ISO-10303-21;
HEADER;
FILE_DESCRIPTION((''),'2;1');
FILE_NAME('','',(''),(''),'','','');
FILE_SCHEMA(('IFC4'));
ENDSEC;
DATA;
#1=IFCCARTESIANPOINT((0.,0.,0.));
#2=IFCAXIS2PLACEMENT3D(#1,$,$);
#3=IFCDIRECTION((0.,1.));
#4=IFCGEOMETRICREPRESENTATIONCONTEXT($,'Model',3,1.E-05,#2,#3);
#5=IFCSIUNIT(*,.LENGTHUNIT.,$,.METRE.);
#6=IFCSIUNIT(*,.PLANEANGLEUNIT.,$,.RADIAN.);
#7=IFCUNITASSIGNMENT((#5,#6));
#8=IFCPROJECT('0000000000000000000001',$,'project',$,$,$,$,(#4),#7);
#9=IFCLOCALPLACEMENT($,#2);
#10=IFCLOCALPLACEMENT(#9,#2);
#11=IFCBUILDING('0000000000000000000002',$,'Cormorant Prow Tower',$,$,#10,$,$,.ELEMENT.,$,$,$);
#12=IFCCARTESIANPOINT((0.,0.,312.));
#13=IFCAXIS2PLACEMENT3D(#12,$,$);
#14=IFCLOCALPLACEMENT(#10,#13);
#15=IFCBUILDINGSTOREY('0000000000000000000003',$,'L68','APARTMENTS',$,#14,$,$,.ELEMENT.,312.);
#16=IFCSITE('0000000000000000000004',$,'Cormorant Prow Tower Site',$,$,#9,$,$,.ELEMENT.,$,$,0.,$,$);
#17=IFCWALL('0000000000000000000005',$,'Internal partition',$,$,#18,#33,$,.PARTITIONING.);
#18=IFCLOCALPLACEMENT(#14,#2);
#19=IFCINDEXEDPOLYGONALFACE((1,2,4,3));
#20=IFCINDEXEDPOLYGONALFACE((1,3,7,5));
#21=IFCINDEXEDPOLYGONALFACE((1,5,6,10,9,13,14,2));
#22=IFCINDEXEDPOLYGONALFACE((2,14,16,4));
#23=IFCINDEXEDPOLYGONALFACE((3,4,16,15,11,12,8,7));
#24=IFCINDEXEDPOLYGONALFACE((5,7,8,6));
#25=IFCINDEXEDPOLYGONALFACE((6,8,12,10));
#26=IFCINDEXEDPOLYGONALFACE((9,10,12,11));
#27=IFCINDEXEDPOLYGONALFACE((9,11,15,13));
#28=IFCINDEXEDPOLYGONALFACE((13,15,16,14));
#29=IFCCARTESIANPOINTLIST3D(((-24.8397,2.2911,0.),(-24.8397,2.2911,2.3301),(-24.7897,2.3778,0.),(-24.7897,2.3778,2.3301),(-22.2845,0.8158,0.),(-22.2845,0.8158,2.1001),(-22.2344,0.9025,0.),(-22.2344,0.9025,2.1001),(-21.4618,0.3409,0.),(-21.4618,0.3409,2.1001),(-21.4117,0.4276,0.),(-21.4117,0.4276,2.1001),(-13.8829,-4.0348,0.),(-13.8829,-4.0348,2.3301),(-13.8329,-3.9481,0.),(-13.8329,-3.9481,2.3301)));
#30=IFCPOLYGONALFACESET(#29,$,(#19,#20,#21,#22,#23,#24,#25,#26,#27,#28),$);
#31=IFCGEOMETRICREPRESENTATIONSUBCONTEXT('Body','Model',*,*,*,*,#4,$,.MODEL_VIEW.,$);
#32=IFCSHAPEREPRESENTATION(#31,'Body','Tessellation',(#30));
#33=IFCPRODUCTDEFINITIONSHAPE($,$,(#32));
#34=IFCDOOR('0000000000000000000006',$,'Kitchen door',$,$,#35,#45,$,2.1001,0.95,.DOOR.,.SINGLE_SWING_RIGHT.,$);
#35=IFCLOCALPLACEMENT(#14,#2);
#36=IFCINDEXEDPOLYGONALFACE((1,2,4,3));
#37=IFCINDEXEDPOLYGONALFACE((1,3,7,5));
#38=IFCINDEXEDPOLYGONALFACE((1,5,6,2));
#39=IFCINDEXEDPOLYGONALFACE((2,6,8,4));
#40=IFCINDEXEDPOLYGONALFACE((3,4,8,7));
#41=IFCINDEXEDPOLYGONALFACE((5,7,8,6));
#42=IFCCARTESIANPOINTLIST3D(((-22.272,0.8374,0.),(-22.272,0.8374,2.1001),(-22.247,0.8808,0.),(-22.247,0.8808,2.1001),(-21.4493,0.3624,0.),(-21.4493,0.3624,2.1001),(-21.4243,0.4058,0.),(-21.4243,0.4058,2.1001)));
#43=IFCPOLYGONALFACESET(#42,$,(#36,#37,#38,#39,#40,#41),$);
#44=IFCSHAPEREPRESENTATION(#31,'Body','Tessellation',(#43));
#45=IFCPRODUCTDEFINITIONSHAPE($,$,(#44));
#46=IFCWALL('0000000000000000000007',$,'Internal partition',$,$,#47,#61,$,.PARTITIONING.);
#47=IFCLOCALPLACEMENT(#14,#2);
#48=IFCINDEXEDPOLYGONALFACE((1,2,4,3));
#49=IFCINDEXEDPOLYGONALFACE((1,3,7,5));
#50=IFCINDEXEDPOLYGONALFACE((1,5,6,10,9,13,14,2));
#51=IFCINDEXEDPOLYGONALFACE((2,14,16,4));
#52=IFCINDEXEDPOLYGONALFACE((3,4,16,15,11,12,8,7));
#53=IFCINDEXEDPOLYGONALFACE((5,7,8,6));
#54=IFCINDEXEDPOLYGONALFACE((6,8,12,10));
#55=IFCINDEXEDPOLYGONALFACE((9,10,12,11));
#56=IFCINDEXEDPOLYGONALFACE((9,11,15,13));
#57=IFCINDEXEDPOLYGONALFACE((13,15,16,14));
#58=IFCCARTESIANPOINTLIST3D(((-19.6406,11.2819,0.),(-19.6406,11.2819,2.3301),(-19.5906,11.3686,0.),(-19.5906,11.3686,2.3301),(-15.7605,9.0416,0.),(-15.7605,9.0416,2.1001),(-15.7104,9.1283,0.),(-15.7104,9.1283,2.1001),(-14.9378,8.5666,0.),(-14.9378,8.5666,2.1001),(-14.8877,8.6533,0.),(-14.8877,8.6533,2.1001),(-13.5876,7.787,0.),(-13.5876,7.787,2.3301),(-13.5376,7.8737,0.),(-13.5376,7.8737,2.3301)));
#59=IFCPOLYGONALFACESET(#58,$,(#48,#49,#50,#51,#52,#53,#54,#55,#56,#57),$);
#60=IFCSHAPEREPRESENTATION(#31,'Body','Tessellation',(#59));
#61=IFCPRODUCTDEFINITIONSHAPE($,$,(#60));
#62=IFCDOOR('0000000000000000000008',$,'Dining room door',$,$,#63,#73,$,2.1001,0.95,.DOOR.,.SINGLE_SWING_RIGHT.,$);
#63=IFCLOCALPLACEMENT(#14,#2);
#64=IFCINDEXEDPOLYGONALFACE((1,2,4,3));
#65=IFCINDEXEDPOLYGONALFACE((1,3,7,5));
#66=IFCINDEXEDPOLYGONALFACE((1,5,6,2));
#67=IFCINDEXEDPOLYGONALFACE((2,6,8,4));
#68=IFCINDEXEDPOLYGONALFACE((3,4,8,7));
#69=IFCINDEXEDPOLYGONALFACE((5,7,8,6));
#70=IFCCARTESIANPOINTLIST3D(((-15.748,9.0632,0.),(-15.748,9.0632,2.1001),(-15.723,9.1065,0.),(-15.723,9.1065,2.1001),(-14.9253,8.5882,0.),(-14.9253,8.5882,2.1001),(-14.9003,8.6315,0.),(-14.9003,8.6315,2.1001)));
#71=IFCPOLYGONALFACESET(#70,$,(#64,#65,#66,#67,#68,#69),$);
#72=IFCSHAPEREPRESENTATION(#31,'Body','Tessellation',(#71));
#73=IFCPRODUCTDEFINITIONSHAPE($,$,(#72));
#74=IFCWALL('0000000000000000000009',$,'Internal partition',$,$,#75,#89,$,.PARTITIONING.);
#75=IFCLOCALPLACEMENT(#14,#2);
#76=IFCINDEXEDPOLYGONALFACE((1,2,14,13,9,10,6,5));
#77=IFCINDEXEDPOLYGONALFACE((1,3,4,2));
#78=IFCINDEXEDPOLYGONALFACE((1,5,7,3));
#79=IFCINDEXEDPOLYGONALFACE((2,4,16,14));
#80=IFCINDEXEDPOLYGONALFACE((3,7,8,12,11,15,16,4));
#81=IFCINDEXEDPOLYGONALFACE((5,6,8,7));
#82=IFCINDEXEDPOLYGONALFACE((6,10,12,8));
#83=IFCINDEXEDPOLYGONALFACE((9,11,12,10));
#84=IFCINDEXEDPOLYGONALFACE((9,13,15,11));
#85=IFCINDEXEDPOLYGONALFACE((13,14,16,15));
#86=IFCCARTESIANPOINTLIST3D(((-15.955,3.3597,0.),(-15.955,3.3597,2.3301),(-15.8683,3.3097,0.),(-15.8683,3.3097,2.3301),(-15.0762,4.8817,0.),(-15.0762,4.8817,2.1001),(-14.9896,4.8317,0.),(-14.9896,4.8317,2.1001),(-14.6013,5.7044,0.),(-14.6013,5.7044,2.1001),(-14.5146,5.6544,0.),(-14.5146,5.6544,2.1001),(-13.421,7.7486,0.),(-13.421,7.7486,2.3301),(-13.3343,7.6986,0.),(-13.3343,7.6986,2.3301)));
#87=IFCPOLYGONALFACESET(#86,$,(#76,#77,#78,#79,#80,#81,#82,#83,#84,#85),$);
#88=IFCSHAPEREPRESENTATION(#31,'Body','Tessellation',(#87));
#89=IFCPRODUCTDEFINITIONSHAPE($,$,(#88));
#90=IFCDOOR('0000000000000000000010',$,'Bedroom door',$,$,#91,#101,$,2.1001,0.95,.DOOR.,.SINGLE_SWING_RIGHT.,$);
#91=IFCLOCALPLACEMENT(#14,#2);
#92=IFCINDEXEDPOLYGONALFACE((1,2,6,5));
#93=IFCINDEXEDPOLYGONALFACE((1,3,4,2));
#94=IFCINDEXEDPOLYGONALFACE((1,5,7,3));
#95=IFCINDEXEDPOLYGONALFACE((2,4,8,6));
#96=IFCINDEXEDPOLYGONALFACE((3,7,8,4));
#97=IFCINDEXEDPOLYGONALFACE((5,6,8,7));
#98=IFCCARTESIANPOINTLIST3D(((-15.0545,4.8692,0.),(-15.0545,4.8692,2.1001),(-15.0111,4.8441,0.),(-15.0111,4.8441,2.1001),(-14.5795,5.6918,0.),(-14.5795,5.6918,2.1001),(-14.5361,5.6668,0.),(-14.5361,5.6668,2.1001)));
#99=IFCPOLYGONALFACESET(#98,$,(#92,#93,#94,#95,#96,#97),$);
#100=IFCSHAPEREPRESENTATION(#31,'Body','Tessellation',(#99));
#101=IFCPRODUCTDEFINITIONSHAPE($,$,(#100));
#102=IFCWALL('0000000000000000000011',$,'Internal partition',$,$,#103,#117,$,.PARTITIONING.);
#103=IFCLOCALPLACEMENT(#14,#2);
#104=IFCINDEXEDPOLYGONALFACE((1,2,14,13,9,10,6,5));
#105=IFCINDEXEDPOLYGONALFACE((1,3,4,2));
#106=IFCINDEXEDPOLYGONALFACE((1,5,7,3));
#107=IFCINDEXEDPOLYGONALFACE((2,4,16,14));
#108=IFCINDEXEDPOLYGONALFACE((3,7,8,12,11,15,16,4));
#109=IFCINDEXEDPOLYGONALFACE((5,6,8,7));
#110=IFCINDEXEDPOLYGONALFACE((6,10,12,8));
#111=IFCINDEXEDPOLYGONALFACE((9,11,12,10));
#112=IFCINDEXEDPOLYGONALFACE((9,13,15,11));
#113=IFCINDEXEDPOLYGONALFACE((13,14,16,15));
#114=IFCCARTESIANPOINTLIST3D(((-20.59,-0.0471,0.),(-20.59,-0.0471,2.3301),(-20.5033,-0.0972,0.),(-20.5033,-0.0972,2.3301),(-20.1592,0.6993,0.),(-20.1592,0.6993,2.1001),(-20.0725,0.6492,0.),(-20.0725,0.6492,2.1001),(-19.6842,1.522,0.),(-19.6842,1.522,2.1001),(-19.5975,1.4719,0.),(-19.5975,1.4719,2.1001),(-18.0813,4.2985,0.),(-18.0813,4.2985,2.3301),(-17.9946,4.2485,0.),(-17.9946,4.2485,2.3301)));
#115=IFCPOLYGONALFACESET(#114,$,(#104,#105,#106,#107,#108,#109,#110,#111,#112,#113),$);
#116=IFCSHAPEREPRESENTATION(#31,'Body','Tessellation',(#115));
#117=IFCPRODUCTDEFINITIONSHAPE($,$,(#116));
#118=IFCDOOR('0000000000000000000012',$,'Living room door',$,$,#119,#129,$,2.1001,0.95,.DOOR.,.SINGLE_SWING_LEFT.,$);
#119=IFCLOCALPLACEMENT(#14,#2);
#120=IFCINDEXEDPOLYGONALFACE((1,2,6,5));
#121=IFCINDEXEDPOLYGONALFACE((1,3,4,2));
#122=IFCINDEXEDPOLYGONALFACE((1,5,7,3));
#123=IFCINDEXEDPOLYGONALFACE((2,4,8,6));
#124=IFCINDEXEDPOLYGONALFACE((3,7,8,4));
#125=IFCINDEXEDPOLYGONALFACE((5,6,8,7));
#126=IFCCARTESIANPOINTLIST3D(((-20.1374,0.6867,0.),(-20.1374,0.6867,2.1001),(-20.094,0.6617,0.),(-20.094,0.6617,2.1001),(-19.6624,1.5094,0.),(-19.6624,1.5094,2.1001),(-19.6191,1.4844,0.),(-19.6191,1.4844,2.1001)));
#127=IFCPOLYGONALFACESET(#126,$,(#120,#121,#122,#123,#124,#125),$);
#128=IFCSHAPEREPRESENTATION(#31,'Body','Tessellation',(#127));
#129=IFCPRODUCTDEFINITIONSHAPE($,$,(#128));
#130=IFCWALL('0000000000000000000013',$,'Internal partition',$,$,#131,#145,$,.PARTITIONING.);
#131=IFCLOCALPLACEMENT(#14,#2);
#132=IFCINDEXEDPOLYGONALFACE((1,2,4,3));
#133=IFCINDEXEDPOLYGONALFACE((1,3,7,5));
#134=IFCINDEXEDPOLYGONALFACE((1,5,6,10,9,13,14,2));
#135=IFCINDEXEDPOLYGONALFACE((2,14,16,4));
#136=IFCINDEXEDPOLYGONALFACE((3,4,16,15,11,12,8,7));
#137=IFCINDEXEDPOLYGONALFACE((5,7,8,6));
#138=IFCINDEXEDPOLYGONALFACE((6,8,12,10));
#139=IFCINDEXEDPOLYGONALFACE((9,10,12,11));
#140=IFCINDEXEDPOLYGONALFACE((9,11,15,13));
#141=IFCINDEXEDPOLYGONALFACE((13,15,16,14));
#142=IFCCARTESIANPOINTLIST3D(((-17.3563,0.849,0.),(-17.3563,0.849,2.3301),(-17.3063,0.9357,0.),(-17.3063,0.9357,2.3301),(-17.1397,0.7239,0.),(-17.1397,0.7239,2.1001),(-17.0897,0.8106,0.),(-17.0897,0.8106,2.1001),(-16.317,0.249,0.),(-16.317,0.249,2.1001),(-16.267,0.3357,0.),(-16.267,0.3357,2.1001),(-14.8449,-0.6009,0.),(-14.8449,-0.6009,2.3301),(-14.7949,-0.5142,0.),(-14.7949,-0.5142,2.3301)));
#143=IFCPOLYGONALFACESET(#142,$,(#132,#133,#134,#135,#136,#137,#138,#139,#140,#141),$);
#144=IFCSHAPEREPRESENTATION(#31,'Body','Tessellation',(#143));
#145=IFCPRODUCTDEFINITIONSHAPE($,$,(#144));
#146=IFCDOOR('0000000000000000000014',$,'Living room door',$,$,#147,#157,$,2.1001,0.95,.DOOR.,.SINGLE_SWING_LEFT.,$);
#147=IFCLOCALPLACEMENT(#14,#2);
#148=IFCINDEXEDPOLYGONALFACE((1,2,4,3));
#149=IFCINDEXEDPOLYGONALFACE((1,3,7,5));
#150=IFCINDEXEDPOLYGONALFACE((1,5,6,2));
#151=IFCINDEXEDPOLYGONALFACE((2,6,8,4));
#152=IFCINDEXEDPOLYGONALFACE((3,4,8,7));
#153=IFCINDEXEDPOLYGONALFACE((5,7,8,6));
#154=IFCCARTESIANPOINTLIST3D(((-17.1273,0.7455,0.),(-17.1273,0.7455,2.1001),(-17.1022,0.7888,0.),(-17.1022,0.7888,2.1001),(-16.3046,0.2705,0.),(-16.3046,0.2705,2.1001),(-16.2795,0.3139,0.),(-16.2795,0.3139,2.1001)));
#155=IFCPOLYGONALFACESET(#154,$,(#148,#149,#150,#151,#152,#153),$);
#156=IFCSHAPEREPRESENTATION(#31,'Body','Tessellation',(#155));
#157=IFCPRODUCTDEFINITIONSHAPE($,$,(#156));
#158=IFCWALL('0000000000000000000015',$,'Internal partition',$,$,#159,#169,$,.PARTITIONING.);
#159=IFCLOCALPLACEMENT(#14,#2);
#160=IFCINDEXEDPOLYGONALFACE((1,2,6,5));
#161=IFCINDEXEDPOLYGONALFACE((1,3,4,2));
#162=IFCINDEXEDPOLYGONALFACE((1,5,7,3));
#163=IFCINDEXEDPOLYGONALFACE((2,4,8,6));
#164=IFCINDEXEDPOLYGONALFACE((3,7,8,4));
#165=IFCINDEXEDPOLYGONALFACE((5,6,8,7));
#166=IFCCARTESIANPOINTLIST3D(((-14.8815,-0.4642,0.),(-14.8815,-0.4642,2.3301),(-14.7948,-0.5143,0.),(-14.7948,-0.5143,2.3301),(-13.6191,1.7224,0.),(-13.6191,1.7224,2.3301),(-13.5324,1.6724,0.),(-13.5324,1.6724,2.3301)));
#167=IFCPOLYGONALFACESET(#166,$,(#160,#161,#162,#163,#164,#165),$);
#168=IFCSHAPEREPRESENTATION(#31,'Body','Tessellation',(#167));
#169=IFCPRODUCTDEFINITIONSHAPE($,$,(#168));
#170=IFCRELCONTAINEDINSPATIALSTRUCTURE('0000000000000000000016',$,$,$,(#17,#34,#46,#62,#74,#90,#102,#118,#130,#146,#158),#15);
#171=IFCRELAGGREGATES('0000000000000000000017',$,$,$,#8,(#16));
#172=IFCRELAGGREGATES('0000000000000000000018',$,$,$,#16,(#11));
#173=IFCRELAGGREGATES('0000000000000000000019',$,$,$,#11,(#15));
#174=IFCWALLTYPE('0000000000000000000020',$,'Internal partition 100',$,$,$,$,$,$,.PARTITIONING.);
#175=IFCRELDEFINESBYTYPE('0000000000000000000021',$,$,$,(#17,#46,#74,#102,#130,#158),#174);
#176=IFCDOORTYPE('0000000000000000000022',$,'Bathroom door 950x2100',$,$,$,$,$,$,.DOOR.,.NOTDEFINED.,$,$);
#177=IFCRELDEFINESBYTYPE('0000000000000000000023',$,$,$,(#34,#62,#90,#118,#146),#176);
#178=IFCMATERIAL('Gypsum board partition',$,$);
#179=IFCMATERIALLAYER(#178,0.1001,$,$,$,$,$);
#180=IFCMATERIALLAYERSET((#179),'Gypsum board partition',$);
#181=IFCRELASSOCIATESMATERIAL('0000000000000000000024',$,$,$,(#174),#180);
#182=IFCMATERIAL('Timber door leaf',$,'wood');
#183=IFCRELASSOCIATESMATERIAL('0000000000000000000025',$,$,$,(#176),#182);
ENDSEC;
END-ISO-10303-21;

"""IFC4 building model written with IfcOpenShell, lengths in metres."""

from ifc_helpers import new_model, si_unit, direction, frame, frame_2d, origin, place, context, subcontext, project, spatial, rectangle, extrude, material, layer, layer_set, type_object, element, fill, save


model = new_model("IFC4")

# Units and contexts
model_context = context("Model", 3, precision=1e-05, world=origin(), true_north=direction((0.0, 1.0)))
body_context = subcontext(model_context, "Body", "Model", "MODEL_VIEW")
ifc_project = project(units=[si_unit("LENGTHUNIT", "METRE"), si_unit("PLANEANGLEUNIT", "RADIAN")], contexts=[model_context])

# Site, building, storey
site_placement = place(None, origin())
site = spatial("IfcSite", under=ifc_project, at=site_placement, Name="Cormorant Prow Tower Site", CompositionType="ELEMENT", RefElevation=0.0)
building_placement = place(site_placement, origin())
building = spatial("IfcBuilding", under=site, at=building_placement, Name="Cormorant Prow Tower", CompositionType="ELEMENT")
storey_placement = place(building_placement, frame((0.0, 0.0, 312.0)))
storey = spatial("IfcBuildingStorey", under=building, at=storey_placement, Name="L68", Description="APARTMENTS", CompositionType="ELEMENT", Elevation=312.0)

# Walls, openings, doors
ifc_material_1 = material(Name="Gypsum board partition")
ifc_layer_1 = layer(ifc_material_1, 0.1001)
ifc_layer_set_1 = layer_set([ifc_layer_1], Name="Gypsum board partition")
wall_type_1 = type_object("IfcWallType", Name="Internal partition 100", PredefinedType="PARTITIONING", material=ifc_layer_set_1)
wall_1_placement = place(storey_placement, frame((-24.8147, 2.3345, 0.0), z_axis=(0.0, 0.0, 1.0), x_axis=(0.866025, -0.500001, 0.0)))
wall_1 = element("IfcWall", 1, at=wall_1_placement, inside=storey, type_object=wall_type_1, Name="Internal partition", PredefinedType="PARTITIONING", context=body_context, shape_type="SweptSolid", body=[
    extrude(rectangle(XDim=12.6519, YDim=0.1001, at=frame_2d((6.3259, 0.0))), origin(), (0.0, 0.0, 1.0), 2.3301),
])
opening_1_placement = place(wall_1_placement, frame((2.9504, 0.0, 0.0)))
opening_1 = element("IfcOpeningElement", 2, at=opening_1_placement, cuts=wall_1, PredefinedType="OPENING", context=body_context, shape_type="SweptSolid", body=[
    extrude(rectangle(XDim=0.95, YDim=2.1001, at=frame_2d((0.4751, 1.05))), frame((0.0, 0.0601, 0.0), z_axis=(0.0, -1.0, 0.0), x_axis=(1.0, 0.0, 0.0)), (0.0, 0.0, 1.0), 0.1201),
])
ifc_material_2 = material(Name="Timber door leaf", Category="wood")
door_type_1 = type_object("IfcDoorType", Name="Bathroom door 950x2100", OperationType="NOTDEFINED", PredefinedType="DOOR", material=ifc_material_2)
door_1_placement = place(opening_1_placement, origin())
door_1 = element("IfcDoor", 3, at=door_1_placement, inside=storey, type_object=door_type_1, Name="Kitchen door", OperationType="SINGLE_SWING_RIGHT", OverallHeight=2.1001, OverallWidth=0.95, PredefinedType="DOOR", context=body_context, shape_type="SweptSolid", body=[
    extrude(rectangle(XDim=0.95, YDim=2.1001, at=frame_2d((0.4751, 1.05))), frame((0.0, 0.0249, 0.0), z_axis=(0.0, -1.0, 0.0), x_axis=(1.0, 0.0, 0.0)), (0.0, 0.0, 1.0), 0.05),
])
fill(opening_1, door_1)
wall_2_placement = place(storey_placement, frame((-19.6155, 11.3252, 0.0), z_axis=(0.0, 0.0, 1.0), x_axis=(0.866014, -0.50002, 0.0)))
wall_2 = element("IfcWall", 4, at=wall_2_placement, inside=storey, type_object=wall_type_1, Name="Internal partition", PredefinedType="PARTITIONING", context=body_context, shape_type="SweptSolid", body=[
    extrude(rectangle(XDim=6.9895, YDim=0.1001, at=frame_2d((3.4946, 0.0))), origin(), (0.0, 0.0, 1.0), 2.3301),
])
opening_2_placement = place(wall_2_placement, frame((4.4802, 0.0, 0.0)))
opening_2 = element("IfcOpeningElement", 5, at=opening_2_placement, cuts=wall_2, PredefinedType="OPENING", context=body_context, shape_type="SweptSolid", body=[
    extrude(rectangle(XDim=0.95, YDim=2.1001, at=frame_2d((0.4751, 1.05))), frame((0.0, 0.0601, 0.0), z_axis=(0.0, -1.0, 0.0), x_axis=(1.0, 0.0, 0.0)), (0.0, 0.0, 1.0), 0.1201),
])
door_2_placement = place(opening_2_placement, origin())
door_2 = element("IfcDoor", 6, at=door_2_placement, inside=storey, type_object=door_type_1, Name="Dining room door", OperationType="SINGLE_SWING_RIGHT", OverallHeight=2.1001, OverallWidth=0.95, PredefinedType="DOOR", context=body_context, shape_type="SweptSolid", body=[
    extrude(rectangle(XDim=0.95, YDim=2.1001, at=frame_2d((0.4751, 1.05))), frame((0.0, 0.0249, 0.0), z_axis=(0.0, -1.0, 0.0), x_axis=(1.0, 0.0, 0.0)), (0.0, 0.0, 1.0), 0.05),
])
fill(opening_2, door_2)
wall_3_placement = place(storey_placement, frame((-15.9116, 3.3347, 0.0), z_axis=(0.0, 0.0, 1.0), x_axis=(0.499999, 0.866026, 0.0)))
wall_3 = element("IfcWall", 7, at=wall_3_placement, inside=storey, type_object=wall_type_1, Name="Internal partition", PredefinedType="PARTITIONING", context=body_context, shape_type="SweptSolid", body=[
    extrude(rectangle(XDim=5.0679, YDim=0.1001, at=frame_2d((2.5339, 0.0))), origin(), (0.0, 0.0, 1.0), 2.3301),
])
opening_3_placement = place(wall_3_placement, frame((1.7573, 0.0, 0.0)))
opening_3 = element("IfcOpeningElement", 8, at=opening_3_placement, cuts=wall_3, PredefinedType="OPENING", context=body_context, shape_type="SweptSolid", body=[
    extrude(rectangle(XDim=0.95, YDim=2.1001, at=frame_2d((0.4751, 1.05))), frame((0.0, 0.0601, 0.0), z_axis=(0.0, -1.0, 0.0), x_axis=(1.0, 0.0, 0.0)), (0.0, 0.0, 1.0), 0.1201),
])
door_3_placement = place(opening_3_placement, origin())
door_3 = element("IfcDoor", 9, at=door_3_placement, inside=storey, type_object=door_type_1, Name="Bedroom door", OperationType="SINGLE_SWING_RIGHT", OverallHeight=2.1001, OverallWidth=0.95, PredefinedType="DOOR", context=body_context, shape_type="SweptSolid", body=[
    extrude(rectangle(XDim=0.95, YDim=2.1001, at=frame_2d((0.4751, 1.05))), frame((0.0, 0.0249, 0.0), z_axis=(0.0, -1.0, 0.0), x_axis=(1.0, 0.0, 0.0)), (0.0, 0.0, 1.0), 0.05),
])
fill(opening_3, door_3)
wall_4_placement = place(storey_placement, frame((-20.5466, -0.072, 0.0), z_axis=(0.0, 0.0, 1.0), x_axis=(0.49997, 0.866043, 0.0)))
wall_4 = element("IfcWall", 10, at=wall_4_placement, inside=storey, type_object=wall_type_1, Name="Internal partition", PredefinedType="PARTITIONING", context=body_context, shape_type="SweptSolid", body=[
    extrude(rectangle(XDim=5.0178, YDim=0.1001, at=frame_2d((2.5088, 0.0))), origin(), (0.0, 0.0, 1.0), 2.3301),
])
opening_4_placement = place(wall_4_placement, frame((0.8616, 0.0, 0.0)))
opening_4 = element("IfcOpeningElement", 11, at=opening_4_placement, cuts=wall_4, PredefinedType="OPENING", context=body_context, shape_type="SweptSolid", body=[
    extrude(rectangle(XDim=0.95, YDim=2.1001, at=frame_2d((0.4751, 1.05))), frame((0.0, 0.0601, 0.0), z_axis=(0.0, -1.0, 0.0), x_axis=(1.0, 0.0, 0.0)), (0.0, 0.0, 1.0), 0.1201),
])
door_4_placement = place(opening_4_placement, origin())
door_4 = element("IfcDoor", 12, at=door_4_placement, inside=storey, type_object=door_type_1, Name="Living room door", OperationType="SINGLE_SWING_LEFT", OverallHeight=2.1001, OverallWidth=0.95, PredefinedType="DOOR", context=body_context, shape_type="SweptSolid", body=[
    extrude(rectangle(XDim=0.95, YDim=2.1001, at=frame_2d((0.4751, 1.05))), frame((0.0, 0.0249, 0.0), z_axis=(0.0, -1.0, 0.0), x_axis=(1.0, 0.0, 0.0)), (0.0, 0.0, 1.0), 0.05),
])
fill(opening_4, door_4)
wall_5_placement = place(storey_placement, frame((-17.3313, 0.8923, 0.0), z_axis=(0.0, 0.0, 1.0), x_axis=(0.866033, -0.499987, 0.0)))
wall_5 = element("IfcWall", 13, at=wall_5_placement, inside=storey, type_object=wall_type_1, Name="Internal partition", PredefinedType="PARTITIONING", context=body_context, shape_type="SweptSolid", body=[
    extrude(rectangle(XDim=2.8999, YDim=0.1001, at=frame_2d((1.45, 0.0))), origin(), (0.0, 0.0, 1.0), 2.3301),
])
opening_5_placement = place(wall_5_placement, frame((0.25, 0.0, 0.0)))
opening_5 = element("IfcOpeningElement", 14, at=opening_5_placement, cuts=wall_5, PredefinedType="OPENING", context=body_context, shape_type="SweptSolid", body=[
    extrude(rectangle(XDim=0.95, YDim=2.1001, at=frame_2d((0.4751, 1.05))), frame((0.0, 0.0601, 0.0), z_axis=(0.0, -1.0, 0.0), x_axis=(1.0, 0.0, 0.0)), (0.0, 0.0, 1.0), 0.1201),
])
door_5_placement = place(opening_5_placement, origin())
door_5 = element("IfcDoor", 15, at=door_5_placement, inside=storey, type_object=door_type_1, Name="Living room door", OperationType="SINGLE_SWING_LEFT", OverallHeight=2.1001, OverallWidth=0.95, PredefinedType="DOOR", context=body_context, shape_type="SweptSolid", body=[
    extrude(rectangle(XDim=0.95, YDim=2.1001, at=frame_2d((0.4751, 1.05))), frame((0.0, 0.0249, 0.0), z_axis=(0.0, -1.0, 0.0), x_axis=(1.0, 0.0, 0.0)), (0.0, 0.0, 1.0), 0.05),
])
fill(opening_5, door_5)

# Wall
for number, where, z_axis, x_axis, name in (
    (16, (-14.8381, -0.4893, 0.0), (0.0, 0.0, 1.0), (0.499976, 0.866039, 0.0), "Internal partition"),
):
    element("IfcWall", number, at=place(storey_placement, frame(where, z_axis=z_axis, x_axis=x_axis)), inside=storey, type_object=wall_type_1, Name=name, PredefinedType="PARTITIONING", context=body_context, shape_type="SweptSolid", body=[
        extrude(rectangle(XDim=2.5249, YDim=0.1001, at=frame_2d((1.2625, 0.0))), origin(), (0.0, 0.0, 1.0), 2.3301),
    ])

save(model, "model.ifc")
